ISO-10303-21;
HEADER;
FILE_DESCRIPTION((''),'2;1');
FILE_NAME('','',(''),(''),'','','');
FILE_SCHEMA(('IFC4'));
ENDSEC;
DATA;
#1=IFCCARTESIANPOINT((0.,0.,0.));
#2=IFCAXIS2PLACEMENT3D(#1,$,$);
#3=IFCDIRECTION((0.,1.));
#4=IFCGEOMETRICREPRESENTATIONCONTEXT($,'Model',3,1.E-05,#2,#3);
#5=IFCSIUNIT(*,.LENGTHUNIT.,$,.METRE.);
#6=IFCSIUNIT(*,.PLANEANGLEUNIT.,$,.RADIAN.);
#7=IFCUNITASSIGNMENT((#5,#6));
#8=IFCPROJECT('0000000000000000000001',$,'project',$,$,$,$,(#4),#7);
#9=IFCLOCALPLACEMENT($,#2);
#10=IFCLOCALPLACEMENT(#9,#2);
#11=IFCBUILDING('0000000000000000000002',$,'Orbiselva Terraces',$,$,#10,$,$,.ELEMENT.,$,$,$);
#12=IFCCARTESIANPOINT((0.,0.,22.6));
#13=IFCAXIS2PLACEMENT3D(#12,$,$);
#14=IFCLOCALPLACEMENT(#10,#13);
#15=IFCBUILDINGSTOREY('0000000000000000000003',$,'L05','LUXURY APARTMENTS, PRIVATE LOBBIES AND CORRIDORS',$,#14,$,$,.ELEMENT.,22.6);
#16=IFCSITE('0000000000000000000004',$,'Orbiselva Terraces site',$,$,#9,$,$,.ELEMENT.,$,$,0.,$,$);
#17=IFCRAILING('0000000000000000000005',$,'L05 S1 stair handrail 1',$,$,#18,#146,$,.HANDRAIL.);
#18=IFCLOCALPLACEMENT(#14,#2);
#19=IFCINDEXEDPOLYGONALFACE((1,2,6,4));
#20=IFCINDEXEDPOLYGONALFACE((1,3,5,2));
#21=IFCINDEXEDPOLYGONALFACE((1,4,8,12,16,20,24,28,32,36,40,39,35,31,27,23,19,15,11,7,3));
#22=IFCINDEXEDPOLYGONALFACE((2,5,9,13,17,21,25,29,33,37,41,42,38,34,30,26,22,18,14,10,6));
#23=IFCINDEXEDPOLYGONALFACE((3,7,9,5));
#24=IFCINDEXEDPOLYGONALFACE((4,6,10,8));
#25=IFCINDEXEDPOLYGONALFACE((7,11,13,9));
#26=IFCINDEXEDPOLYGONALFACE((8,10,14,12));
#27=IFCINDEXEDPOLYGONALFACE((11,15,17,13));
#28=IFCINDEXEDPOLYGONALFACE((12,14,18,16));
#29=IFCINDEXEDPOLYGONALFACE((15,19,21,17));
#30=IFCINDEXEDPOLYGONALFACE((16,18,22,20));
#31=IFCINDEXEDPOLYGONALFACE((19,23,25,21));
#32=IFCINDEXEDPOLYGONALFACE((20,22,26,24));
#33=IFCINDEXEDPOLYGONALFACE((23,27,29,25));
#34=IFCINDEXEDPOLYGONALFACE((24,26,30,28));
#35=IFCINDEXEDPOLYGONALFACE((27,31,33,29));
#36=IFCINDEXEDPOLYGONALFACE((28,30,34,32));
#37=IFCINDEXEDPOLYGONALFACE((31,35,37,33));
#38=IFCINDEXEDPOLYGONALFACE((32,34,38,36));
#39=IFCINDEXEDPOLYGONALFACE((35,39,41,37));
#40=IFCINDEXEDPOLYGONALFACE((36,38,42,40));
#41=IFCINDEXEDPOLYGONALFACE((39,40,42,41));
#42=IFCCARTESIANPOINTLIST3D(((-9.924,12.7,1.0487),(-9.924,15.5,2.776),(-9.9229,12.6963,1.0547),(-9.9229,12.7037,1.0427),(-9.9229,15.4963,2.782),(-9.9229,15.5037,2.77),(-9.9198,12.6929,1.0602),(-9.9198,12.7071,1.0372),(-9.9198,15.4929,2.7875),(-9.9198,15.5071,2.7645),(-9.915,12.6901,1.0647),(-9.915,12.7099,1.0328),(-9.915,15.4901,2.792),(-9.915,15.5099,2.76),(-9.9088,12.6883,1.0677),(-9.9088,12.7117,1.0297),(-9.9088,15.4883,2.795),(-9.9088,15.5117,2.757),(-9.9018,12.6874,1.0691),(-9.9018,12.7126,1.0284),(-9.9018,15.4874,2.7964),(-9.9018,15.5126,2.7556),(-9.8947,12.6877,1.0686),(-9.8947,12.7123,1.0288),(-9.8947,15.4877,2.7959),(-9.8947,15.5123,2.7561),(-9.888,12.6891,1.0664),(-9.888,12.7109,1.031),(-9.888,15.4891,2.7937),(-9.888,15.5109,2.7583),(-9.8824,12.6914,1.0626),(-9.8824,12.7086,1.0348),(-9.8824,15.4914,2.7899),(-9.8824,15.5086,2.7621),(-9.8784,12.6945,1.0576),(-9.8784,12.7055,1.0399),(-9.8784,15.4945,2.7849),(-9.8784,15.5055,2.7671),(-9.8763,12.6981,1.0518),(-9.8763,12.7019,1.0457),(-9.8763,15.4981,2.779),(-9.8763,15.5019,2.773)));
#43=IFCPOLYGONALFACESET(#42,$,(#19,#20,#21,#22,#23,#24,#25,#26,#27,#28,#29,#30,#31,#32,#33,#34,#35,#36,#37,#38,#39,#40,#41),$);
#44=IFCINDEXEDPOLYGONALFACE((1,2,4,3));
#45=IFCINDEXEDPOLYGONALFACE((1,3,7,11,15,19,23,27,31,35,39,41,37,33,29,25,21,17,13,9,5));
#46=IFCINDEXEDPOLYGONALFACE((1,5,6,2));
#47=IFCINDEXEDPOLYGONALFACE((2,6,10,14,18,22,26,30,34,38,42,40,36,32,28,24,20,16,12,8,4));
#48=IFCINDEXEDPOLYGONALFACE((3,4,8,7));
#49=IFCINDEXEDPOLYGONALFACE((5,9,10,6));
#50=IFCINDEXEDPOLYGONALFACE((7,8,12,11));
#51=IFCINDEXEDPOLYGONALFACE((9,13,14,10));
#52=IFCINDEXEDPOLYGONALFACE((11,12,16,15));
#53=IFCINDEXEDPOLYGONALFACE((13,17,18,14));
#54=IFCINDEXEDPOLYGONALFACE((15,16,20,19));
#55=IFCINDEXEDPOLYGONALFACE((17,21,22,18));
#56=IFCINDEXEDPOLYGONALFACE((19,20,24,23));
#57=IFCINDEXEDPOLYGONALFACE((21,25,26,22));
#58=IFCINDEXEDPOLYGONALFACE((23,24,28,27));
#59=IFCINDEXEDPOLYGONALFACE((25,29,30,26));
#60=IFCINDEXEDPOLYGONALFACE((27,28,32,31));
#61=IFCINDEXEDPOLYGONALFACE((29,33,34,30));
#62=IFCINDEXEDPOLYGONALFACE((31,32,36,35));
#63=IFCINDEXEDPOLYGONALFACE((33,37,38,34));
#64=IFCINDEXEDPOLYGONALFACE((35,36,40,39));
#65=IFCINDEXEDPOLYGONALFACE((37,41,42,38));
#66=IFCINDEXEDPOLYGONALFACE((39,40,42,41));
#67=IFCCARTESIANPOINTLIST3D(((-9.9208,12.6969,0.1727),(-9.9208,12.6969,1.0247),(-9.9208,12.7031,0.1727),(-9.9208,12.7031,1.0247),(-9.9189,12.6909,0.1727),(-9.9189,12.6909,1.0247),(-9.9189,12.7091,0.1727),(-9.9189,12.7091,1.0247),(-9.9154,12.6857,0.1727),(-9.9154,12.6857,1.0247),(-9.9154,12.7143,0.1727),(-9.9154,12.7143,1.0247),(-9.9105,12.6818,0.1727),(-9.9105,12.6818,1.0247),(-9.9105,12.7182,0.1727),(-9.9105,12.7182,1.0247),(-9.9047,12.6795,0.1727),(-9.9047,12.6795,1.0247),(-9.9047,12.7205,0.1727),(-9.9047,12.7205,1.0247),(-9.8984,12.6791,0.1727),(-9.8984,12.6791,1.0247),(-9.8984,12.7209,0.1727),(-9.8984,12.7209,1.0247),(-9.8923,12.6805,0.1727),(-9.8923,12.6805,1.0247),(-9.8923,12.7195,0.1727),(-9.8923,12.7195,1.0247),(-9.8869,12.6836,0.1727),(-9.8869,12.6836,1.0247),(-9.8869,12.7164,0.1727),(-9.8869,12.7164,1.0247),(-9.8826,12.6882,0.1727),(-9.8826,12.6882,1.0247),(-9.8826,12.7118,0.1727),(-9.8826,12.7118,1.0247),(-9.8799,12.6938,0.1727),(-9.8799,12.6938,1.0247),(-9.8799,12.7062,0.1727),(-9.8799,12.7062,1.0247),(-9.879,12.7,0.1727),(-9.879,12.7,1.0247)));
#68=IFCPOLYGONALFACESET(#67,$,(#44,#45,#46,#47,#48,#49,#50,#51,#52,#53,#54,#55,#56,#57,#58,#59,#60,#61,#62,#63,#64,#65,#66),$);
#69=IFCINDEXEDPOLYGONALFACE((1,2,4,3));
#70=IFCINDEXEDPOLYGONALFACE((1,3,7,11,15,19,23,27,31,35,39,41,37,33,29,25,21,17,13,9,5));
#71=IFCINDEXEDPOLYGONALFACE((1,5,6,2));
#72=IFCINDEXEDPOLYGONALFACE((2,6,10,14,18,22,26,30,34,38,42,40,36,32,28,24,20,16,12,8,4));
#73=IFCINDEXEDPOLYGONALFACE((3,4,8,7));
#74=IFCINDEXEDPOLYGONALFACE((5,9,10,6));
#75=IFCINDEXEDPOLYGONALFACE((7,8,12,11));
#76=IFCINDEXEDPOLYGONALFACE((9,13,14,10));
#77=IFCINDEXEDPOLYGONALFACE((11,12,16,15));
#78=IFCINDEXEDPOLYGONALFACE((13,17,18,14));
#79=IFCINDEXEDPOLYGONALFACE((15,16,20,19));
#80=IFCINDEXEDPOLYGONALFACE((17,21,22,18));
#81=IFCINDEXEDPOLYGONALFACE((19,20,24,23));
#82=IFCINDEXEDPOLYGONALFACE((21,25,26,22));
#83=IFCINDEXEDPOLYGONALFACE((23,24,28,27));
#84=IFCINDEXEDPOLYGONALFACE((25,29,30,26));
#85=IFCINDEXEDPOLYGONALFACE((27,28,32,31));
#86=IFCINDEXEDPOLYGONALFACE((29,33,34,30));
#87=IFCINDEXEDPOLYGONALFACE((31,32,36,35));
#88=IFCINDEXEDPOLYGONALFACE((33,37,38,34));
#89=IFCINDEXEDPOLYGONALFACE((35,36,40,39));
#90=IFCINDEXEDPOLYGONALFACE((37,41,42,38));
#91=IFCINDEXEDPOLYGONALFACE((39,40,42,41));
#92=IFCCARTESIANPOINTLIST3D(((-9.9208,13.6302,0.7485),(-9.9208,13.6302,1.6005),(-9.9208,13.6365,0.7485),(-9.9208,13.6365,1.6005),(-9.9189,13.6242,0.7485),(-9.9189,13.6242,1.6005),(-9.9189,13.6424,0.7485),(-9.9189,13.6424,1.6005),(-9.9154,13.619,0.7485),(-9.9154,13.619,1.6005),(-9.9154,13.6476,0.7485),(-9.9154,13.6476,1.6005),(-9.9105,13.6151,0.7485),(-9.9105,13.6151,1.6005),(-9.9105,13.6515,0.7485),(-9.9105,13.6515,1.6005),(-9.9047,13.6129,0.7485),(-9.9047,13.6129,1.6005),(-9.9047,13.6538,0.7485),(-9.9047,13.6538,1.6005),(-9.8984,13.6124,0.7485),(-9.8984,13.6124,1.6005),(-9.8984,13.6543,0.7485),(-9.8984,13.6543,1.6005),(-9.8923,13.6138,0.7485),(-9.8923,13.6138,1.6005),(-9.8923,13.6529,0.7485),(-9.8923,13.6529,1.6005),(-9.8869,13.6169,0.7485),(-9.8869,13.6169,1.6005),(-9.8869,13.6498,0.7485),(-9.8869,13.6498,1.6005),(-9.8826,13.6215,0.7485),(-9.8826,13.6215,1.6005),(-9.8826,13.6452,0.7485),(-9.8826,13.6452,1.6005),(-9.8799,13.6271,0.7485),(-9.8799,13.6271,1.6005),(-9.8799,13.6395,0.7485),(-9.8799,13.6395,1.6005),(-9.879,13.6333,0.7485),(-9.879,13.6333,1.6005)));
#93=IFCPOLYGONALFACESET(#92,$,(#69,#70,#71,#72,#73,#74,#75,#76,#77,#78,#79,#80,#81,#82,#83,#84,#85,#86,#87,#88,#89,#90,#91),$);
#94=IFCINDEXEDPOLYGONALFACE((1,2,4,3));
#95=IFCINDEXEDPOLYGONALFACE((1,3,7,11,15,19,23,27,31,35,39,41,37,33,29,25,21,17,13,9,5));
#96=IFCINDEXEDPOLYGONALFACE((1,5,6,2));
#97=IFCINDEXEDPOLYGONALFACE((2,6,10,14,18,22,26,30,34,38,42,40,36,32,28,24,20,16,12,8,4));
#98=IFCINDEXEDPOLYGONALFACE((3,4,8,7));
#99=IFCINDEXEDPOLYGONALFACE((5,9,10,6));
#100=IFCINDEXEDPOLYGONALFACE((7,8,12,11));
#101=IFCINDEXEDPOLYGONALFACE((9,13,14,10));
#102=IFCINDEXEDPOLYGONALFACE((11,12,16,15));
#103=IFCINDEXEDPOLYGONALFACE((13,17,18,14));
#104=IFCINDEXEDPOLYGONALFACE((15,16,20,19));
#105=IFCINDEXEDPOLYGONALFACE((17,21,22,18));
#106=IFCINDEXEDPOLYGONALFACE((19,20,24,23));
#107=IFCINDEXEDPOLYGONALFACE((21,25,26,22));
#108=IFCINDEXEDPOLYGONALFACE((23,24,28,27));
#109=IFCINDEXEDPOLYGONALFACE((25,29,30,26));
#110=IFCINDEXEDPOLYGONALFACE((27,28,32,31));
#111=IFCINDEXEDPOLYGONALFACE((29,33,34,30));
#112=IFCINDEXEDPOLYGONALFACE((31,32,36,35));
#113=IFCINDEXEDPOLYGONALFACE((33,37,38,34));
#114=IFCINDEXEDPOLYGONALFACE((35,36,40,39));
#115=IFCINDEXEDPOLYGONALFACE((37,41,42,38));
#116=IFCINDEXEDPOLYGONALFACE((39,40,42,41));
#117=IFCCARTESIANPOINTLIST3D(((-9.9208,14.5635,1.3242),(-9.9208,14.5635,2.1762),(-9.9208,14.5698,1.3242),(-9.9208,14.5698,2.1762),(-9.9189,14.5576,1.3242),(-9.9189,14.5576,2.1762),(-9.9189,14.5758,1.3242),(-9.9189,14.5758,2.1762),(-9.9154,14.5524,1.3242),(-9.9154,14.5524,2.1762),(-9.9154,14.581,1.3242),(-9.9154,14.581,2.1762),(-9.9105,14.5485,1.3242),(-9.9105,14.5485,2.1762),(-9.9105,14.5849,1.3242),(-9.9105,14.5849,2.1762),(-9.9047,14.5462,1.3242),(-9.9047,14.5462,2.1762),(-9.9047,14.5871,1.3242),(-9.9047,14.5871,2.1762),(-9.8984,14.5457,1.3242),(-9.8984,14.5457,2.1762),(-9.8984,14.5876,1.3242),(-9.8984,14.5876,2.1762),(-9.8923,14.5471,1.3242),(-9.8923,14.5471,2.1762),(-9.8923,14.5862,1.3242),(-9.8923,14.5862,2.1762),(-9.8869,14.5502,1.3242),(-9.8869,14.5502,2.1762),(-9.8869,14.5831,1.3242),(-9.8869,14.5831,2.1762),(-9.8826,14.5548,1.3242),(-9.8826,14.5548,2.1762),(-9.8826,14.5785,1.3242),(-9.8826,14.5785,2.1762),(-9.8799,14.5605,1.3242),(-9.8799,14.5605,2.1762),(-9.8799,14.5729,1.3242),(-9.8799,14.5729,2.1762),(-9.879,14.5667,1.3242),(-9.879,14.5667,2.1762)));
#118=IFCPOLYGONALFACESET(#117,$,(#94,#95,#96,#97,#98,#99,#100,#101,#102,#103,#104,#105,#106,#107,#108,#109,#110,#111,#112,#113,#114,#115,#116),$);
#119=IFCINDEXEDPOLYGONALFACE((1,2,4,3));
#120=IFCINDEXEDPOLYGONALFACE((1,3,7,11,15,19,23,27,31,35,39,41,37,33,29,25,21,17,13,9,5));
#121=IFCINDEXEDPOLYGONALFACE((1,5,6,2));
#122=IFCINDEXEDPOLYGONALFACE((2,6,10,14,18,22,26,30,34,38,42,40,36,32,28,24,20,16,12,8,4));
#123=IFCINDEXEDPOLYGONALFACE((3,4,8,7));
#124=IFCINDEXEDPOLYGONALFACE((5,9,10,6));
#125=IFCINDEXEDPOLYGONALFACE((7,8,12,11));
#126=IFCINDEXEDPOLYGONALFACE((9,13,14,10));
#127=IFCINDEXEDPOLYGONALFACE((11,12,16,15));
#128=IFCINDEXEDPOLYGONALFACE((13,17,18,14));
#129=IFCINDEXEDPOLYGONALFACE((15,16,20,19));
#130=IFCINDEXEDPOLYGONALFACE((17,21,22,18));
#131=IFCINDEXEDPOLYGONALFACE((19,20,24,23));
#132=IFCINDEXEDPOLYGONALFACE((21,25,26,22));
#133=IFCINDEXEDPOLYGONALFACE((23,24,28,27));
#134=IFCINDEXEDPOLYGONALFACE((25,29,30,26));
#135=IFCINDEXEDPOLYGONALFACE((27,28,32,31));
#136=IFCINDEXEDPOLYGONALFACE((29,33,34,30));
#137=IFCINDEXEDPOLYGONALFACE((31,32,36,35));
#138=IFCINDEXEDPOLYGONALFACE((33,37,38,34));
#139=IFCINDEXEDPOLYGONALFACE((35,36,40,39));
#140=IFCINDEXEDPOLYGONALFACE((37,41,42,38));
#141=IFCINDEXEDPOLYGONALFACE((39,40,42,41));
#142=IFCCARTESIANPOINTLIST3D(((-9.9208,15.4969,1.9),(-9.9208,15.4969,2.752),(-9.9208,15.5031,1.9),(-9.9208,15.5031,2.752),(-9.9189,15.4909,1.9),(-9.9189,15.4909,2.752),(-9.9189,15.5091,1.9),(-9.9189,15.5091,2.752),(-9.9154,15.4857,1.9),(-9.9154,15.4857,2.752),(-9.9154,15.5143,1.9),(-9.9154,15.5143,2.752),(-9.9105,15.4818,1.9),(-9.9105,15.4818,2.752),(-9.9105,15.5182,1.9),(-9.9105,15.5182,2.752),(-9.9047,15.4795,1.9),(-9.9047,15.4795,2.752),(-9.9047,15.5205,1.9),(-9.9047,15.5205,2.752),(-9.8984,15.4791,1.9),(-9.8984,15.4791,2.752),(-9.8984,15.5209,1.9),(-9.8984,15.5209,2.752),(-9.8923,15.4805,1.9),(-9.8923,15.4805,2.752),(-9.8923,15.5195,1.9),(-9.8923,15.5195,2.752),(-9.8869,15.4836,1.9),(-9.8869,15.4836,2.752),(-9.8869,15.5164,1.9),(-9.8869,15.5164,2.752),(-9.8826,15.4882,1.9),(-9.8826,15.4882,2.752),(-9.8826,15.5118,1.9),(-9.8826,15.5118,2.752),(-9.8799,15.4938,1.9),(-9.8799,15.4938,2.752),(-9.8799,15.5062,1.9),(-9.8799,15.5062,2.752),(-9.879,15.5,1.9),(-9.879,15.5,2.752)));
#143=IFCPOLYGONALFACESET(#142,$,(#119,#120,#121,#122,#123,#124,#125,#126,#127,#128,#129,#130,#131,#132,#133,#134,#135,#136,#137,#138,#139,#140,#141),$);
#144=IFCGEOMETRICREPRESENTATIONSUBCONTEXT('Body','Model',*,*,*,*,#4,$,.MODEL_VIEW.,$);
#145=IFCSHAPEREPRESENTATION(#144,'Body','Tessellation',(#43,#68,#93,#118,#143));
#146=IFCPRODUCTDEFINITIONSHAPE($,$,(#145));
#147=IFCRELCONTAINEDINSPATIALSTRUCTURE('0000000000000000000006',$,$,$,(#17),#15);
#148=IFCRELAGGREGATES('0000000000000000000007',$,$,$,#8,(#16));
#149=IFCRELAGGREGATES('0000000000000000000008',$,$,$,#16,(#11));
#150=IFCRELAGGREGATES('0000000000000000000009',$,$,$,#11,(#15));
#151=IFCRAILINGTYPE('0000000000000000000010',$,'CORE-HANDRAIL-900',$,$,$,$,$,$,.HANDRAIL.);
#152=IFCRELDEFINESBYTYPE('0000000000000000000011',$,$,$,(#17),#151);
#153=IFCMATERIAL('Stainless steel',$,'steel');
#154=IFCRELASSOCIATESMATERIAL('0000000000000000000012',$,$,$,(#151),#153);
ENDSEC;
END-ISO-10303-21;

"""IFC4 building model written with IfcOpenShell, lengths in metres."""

from ifc_helpers import new_model, si_unit, direction, frame, origin, origin_2d, place, context, subcontext, project, spatial, circle, extrude, material, type_object, element, save


model = new_model("IFC4")

# Units and contexts
model_context = context("Model", 3, precision=1e-05, world=origin(), true_north=direction((0.0, 1.0)))
body_context = subcontext(model_context, "Body", "Model", "MODEL_VIEW")
ifc_project = project(units=[si_unit("LENGTHUNIT", "METRE"), si_unit("PLANEANGLEUNIT", "RADIAN")], contexts=[model_context])

# Site, building, storey
site_placement = place(None, origin())
site = spatial("IfcSite", under=ifc_project, at=site_placement, Name="Orbiselva Terraces site", CompositionType="ELEMENT", RefElevation=0.0)
building_placement = place(site_placement, origin())
building = spatial("IfcBuilding", under=site, at=building_placement, Name="Orbiselva Terraces", CompositionType="ELEMENT")
storey_placement = place(building_placement, frame((0.0, 0.0, 22.6)))
storey = spatial("IfcBuildingStorey", under=building, at=storey_placement, Name="L05", Description="LUXURY APARTMENTS, PRIVATE LOBBIES AND CORRIDORS", CompositionType="ELEMENT", Elevation=22.6)

# Railing
ifc_material_1 = material(Name="Stainless steel", Category="steel")
railing_type_1 = type_object("IfcRailingType", Name="CORE-HANDRAIL-900", PredefinedType="HANDRAIL", material=ifc_material_1)
railing_1_placement = place(storey_placement, frame((-9.9, 12.7, 0.1727)))
element("IfcRailing", 1, at=railing_1_placement, inside=storey, type_object=railing_type_1, Name="L05 S1 stair handrail 1", PredefinedType="HANDRAIL", context=body_context, shape_type="SweptSolid", body=[
    extrude(circle(Radius=0.024, at=origin_2d()), frame((0.0, 0.0, 0.876), z_axis=(0.0, 0.851089, 0.525022), x_axis=(-1.0, 0.0, 0.0)), (0.0, 0.0, 1.0), 3.2899),
    extrude(circle(Radius=0.021, at=origin_2d()), origin(), (0.0, 0.0, 1.0), 0.852),
    extrude(circle(Radius=0.021, at=origin_2d()), frame((0.0, 0.9333, 0.5758)), (0.0, 0.0, 1.0), 0.852),
    extrude(circle(Radius=0.021, at=origin_2d()), frame((0.0, 1.8667, 1.1515)), (0.0, 0.0, 1.0), 0.852),
    extrude(circle(Radius=0.021, at=origin_2d()), frame((0.0, 2.8, 1.7273)), (0.0, 0.0, 1.0), 0.852),
])

save(model, "model.ifc")
